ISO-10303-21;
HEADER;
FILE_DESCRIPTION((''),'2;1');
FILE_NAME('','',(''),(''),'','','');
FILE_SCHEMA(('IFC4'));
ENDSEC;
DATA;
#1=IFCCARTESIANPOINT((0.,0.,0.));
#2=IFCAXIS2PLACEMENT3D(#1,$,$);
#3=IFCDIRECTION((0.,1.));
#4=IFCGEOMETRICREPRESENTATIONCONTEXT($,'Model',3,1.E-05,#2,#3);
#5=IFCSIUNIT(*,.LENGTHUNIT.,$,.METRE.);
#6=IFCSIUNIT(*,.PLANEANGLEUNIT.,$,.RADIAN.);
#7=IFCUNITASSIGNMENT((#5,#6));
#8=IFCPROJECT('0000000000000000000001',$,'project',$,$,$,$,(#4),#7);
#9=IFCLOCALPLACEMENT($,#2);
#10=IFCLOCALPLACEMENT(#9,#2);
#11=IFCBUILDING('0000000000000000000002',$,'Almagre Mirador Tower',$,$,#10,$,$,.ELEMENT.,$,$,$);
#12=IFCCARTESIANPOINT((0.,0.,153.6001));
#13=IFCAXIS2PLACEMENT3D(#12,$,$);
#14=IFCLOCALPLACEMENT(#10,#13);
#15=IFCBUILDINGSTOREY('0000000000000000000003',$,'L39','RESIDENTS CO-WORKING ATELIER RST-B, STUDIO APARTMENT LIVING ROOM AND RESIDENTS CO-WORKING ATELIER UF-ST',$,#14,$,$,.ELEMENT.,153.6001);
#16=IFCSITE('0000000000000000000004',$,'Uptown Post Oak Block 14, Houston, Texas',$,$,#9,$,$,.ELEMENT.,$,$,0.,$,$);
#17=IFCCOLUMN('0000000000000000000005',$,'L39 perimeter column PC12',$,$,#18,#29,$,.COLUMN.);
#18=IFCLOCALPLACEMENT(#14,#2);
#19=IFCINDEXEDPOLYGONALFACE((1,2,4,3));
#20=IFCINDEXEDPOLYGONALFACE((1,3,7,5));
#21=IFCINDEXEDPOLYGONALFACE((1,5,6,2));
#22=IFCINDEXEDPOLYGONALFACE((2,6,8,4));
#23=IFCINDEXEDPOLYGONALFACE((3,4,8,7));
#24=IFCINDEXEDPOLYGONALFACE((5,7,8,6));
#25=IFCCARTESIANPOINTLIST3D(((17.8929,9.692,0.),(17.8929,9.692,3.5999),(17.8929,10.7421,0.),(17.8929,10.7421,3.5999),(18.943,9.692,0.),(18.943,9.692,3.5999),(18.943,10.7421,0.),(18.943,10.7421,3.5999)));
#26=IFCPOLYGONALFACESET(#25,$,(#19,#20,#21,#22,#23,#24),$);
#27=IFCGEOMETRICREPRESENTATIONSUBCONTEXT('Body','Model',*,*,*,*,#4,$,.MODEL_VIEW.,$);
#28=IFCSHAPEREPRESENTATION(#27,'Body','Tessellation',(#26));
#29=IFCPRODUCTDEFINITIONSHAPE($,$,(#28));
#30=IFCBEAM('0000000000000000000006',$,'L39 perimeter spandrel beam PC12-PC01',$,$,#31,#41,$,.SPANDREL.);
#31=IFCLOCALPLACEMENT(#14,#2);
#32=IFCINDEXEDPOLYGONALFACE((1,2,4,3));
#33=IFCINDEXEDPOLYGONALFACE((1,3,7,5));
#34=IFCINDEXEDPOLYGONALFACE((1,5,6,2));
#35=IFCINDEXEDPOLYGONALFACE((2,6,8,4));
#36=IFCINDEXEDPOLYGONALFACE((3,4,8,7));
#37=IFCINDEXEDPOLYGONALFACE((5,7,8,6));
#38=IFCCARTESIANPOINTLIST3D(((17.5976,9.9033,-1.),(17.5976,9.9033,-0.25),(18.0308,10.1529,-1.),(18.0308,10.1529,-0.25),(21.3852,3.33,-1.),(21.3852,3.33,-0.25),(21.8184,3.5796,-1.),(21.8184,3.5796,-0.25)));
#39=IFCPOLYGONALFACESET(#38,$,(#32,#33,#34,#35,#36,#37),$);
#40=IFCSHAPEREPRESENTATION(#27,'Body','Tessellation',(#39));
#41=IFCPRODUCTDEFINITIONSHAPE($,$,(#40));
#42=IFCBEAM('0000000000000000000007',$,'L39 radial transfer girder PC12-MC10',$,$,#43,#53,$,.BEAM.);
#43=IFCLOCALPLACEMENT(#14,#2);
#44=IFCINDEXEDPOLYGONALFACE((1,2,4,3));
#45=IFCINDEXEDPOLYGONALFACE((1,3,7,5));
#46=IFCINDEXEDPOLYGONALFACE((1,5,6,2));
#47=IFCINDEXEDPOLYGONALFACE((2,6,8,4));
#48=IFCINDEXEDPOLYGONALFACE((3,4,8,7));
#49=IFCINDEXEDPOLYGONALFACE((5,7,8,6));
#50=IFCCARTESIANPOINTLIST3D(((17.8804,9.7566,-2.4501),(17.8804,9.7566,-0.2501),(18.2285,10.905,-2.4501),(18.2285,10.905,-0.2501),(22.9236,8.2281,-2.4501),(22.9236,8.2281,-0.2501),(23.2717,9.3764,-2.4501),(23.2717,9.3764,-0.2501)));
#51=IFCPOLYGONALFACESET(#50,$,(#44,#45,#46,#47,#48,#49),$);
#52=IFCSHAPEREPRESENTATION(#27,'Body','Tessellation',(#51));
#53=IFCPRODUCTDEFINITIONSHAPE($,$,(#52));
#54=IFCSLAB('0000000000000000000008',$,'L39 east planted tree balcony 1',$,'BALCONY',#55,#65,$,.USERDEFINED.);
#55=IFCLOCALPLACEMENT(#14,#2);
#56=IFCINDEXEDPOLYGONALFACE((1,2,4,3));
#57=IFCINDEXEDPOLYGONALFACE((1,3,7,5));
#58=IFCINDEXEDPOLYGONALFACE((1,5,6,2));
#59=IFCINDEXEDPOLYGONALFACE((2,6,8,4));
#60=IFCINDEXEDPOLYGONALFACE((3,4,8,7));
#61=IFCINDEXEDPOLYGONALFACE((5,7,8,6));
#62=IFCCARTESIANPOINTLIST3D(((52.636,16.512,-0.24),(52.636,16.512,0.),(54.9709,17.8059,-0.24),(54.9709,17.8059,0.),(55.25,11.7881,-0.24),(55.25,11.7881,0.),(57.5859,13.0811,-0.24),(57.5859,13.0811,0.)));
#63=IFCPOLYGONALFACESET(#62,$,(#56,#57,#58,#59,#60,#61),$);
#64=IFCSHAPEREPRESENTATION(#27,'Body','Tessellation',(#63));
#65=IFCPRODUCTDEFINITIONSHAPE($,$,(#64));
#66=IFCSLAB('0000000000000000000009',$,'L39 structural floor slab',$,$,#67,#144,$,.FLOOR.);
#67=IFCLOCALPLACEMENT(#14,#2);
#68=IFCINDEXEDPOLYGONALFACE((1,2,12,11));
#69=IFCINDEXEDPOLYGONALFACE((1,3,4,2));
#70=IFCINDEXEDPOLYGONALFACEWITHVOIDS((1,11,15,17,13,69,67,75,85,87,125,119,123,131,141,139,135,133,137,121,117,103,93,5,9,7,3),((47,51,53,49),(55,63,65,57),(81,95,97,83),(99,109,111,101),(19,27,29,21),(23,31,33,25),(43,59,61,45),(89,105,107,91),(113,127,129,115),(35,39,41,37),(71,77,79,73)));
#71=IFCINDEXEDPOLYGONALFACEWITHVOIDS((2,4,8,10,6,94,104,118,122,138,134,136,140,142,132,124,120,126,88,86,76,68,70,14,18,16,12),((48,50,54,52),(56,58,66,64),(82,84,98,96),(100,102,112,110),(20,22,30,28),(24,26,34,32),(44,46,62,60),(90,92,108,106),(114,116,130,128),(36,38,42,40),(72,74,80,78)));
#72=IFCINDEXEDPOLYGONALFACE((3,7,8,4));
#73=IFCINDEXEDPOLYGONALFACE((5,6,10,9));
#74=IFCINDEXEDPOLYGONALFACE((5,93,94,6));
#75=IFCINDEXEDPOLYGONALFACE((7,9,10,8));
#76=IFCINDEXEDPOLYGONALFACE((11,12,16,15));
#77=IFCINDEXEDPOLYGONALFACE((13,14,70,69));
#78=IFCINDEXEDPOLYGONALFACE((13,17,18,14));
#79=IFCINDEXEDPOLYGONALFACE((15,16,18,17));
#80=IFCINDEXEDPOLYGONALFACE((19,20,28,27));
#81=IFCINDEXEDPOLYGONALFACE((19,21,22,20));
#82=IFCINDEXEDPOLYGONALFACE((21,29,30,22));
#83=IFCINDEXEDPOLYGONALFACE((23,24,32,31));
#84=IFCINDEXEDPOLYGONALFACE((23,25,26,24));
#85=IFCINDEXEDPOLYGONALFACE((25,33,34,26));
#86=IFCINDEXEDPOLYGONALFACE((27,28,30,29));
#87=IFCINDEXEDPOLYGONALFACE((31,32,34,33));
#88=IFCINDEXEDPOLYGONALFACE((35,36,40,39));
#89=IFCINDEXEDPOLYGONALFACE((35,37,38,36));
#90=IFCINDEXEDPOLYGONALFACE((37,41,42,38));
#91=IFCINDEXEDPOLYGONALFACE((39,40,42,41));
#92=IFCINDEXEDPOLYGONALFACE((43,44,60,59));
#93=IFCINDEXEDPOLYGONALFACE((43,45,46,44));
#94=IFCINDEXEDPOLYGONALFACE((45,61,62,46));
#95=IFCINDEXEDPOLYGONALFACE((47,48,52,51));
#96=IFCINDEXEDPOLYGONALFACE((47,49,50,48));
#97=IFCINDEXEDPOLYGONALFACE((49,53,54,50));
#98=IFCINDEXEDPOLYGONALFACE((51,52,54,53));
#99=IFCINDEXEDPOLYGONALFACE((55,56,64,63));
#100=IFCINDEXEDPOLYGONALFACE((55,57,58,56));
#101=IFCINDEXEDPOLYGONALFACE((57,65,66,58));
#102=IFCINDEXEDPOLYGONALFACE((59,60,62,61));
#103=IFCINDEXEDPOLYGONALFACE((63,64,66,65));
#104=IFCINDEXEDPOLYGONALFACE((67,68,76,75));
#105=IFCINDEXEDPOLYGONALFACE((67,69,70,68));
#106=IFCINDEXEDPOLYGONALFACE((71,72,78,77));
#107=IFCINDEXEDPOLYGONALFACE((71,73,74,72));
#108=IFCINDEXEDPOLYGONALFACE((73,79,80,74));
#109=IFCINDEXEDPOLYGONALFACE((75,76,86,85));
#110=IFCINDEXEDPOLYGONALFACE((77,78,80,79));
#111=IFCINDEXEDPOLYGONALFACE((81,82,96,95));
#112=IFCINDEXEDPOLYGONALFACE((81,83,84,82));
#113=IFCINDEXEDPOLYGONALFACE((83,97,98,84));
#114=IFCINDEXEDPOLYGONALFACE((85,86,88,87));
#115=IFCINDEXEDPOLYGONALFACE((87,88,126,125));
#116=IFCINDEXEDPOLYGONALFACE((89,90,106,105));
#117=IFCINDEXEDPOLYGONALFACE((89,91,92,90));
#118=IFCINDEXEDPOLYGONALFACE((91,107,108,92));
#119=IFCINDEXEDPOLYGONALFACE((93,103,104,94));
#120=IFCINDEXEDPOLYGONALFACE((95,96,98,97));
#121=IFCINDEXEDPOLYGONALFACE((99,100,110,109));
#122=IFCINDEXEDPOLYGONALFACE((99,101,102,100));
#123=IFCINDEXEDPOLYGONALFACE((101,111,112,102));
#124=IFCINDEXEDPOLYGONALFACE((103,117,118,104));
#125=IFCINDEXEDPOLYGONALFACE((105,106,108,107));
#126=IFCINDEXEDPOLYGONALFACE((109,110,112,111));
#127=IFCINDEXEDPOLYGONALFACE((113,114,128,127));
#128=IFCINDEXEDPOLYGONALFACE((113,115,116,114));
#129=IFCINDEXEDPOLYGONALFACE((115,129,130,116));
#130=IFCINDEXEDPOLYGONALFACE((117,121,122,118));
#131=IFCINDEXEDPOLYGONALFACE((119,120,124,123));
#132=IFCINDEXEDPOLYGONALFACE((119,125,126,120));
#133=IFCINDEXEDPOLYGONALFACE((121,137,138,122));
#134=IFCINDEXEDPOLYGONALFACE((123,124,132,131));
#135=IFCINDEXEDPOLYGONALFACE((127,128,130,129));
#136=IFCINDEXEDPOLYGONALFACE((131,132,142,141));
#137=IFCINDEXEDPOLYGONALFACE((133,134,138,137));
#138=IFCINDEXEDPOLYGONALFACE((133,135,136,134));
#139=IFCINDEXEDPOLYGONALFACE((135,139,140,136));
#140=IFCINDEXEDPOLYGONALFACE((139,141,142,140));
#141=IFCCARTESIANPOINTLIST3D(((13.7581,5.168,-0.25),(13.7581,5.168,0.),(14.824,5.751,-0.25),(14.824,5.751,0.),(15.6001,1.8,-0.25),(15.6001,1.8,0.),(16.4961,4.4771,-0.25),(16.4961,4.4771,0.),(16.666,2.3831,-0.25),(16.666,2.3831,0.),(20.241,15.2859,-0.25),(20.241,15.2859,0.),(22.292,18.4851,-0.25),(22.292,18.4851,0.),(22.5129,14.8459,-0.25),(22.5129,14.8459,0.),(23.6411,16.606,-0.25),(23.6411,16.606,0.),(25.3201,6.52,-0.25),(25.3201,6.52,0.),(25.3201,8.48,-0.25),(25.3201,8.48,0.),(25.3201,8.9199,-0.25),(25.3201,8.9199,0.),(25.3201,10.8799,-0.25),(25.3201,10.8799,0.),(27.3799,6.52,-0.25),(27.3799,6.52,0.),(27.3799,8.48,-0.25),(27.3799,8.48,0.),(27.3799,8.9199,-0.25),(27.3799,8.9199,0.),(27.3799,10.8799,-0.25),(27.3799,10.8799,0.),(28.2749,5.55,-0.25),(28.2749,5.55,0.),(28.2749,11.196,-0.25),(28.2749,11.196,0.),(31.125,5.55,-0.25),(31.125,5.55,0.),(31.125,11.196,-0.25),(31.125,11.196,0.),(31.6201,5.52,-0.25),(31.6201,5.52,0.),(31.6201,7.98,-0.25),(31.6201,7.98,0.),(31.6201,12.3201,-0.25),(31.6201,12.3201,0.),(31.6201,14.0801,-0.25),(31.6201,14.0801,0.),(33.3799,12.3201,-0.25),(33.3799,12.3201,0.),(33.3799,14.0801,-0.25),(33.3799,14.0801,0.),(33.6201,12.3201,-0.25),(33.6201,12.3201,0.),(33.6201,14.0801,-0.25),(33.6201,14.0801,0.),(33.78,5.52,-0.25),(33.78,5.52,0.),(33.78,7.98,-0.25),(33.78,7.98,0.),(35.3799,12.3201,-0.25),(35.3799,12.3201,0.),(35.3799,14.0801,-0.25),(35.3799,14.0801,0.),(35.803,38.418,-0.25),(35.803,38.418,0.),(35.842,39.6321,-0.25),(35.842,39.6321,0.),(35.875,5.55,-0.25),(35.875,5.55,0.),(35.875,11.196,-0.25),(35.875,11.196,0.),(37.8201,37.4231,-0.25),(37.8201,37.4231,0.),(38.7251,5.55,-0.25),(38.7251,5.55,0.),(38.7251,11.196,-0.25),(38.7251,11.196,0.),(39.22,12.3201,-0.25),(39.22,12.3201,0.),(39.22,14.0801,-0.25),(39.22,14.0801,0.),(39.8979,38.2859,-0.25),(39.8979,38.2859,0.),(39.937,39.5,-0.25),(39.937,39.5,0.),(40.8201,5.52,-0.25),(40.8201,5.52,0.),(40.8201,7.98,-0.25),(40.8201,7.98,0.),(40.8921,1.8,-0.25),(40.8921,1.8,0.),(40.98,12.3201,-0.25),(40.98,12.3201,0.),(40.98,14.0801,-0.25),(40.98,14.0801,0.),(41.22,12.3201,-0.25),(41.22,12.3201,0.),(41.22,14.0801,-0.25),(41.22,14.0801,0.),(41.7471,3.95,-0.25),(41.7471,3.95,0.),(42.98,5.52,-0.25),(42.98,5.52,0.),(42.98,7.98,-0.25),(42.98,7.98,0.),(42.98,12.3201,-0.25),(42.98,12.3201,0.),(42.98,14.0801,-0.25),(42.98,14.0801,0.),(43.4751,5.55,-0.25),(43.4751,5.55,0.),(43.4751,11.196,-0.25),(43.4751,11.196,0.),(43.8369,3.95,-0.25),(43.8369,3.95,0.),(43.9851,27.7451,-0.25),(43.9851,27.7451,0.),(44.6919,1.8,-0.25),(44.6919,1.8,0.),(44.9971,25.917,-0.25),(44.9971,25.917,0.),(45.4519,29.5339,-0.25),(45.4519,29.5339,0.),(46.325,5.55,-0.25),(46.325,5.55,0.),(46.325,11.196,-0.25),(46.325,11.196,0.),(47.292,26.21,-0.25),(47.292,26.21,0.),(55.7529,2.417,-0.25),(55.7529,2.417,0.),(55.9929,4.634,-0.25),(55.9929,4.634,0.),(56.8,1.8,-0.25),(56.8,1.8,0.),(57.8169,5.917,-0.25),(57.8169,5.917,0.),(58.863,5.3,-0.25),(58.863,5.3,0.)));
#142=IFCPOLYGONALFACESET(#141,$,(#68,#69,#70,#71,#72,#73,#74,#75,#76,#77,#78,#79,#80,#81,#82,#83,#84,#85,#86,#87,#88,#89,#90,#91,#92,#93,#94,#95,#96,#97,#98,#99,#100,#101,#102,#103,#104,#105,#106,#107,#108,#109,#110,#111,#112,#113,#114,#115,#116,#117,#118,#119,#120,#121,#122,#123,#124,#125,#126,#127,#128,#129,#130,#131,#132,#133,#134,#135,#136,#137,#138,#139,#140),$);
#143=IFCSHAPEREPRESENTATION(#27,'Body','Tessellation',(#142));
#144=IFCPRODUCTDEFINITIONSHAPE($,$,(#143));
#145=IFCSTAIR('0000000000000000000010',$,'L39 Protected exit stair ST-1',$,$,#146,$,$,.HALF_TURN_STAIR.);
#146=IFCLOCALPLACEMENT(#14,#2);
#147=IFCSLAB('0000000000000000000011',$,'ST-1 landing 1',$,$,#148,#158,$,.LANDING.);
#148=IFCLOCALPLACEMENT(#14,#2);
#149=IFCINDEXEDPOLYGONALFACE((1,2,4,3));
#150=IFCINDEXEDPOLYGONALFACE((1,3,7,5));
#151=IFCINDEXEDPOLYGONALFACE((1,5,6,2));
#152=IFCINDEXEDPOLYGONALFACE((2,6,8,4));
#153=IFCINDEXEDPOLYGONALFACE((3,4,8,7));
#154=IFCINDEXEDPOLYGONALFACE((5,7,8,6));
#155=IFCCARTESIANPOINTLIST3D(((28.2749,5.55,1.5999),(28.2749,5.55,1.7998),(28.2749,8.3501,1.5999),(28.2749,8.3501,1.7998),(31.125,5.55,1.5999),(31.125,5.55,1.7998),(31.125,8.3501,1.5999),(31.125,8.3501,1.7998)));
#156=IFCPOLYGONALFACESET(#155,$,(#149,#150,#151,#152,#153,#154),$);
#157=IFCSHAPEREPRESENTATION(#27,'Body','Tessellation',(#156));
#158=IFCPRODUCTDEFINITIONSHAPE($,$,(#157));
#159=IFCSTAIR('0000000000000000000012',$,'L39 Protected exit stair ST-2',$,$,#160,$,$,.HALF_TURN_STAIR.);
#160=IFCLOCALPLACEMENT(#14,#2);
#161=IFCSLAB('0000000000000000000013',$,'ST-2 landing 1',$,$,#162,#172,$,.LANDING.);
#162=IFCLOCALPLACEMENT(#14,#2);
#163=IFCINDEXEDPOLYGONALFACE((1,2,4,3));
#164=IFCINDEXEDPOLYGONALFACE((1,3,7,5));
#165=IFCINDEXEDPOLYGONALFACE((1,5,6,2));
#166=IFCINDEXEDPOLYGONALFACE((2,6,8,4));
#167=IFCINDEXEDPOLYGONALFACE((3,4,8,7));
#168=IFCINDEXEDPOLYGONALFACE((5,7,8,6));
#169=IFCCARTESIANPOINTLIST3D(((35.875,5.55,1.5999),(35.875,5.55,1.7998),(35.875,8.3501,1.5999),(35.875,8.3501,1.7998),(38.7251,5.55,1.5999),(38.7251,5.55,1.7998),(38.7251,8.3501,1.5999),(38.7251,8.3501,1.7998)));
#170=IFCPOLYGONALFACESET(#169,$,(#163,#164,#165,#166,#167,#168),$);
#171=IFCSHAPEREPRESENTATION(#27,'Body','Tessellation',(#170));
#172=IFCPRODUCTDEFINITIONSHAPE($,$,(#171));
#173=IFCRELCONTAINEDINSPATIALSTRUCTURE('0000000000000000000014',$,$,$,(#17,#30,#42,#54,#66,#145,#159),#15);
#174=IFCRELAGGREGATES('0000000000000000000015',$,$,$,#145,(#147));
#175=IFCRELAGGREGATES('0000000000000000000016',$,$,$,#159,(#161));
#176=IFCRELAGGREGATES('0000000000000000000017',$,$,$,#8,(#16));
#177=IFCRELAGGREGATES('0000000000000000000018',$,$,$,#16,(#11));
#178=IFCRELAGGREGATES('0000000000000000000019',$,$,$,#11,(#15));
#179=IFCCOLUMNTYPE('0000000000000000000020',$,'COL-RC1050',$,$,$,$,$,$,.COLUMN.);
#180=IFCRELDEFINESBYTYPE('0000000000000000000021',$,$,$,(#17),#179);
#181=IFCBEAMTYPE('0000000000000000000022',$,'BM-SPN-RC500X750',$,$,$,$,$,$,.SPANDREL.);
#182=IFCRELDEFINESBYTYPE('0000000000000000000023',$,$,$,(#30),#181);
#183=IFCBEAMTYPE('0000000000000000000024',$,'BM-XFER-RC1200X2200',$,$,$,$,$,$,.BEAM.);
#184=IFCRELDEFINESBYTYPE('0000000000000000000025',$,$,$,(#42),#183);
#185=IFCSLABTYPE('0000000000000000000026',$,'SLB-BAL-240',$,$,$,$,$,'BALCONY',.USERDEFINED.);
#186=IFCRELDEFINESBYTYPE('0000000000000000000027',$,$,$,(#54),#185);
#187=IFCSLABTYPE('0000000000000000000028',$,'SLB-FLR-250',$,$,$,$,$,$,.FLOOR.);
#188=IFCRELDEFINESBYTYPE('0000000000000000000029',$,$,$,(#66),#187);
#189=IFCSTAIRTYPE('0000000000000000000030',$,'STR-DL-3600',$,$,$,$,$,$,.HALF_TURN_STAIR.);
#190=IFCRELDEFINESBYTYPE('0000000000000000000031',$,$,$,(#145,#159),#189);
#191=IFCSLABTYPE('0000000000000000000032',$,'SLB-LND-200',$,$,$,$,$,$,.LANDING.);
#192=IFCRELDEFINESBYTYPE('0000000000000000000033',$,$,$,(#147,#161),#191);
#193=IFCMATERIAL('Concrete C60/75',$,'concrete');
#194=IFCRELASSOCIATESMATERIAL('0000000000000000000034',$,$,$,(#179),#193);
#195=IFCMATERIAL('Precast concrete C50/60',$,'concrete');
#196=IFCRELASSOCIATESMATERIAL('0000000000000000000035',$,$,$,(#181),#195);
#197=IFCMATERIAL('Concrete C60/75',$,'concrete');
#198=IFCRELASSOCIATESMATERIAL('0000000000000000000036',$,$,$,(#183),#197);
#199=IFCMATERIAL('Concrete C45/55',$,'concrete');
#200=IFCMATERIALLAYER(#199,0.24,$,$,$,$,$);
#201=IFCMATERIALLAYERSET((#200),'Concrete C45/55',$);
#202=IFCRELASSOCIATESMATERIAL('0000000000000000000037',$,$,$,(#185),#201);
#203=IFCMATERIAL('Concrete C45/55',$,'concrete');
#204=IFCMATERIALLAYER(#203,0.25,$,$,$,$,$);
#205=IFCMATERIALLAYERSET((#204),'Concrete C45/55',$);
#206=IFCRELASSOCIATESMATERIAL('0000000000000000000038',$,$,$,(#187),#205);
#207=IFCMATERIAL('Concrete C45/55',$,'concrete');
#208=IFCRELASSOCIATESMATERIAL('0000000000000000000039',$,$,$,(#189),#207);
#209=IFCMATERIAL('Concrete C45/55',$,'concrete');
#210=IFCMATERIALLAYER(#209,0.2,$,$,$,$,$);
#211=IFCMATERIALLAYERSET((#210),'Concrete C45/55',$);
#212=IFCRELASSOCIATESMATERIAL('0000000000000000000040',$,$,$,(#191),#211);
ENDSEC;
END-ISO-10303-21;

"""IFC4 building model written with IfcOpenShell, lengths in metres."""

from ifc_helpers import new_model, si_unit, direction, frame, origin, origin_2d, place, context, subcontext, project, spatial, polyline, rectangle, outline, extrude, material, layer, layer_set, material_profile, profile_set, type_object, element, aggregate, save


model = new_model("IFC4")

# Units and contexts
model_context = context("Model", 3, precision=1e-05, world=origin(), true_north=direction((0.0, 1.0)))
body_context = subcontext(model_context, "Body", "Model", "MODEL_VIEW")
ifc_project = project(units=[si_unit("LENGTHUNIT", "METRE"), si_unit("PLANEANGLEUNIT", "RADIAN")], contexts=[model_context])

# Site, building, storey
site_placement = place(None, origin())
site = spatial("IfcSite", under=ifc_project, at=site_placement, Name="Uptown Post Oak Block 14, Houston, Texas", CompositionType="ELEMENT", RefElevation=0.0)
building_placement = place(site_placement, origin())
building = spatial("IfcBuilding", under=site, at=building_placement, Name="Almagre Mirador Tower", CompositionType="ELEMENT")
storey_placement = place(building_placement, frame((0.0, 0.0, 153.6001)))
storey = spatial("IfcBuildingStorey", under=building, at=storey_placement, Name="L39", Description="RESIDENTS CO-WORKING ATELIER RST-B, STUDIO APARTMENT LIVING ROOM AND RESIDENTS CO-WORKING ATELIER UF-ST", CompositionType="ELEMENT", Elevation=153.6001)

# Column
ifc_material_1 = material(Name="Concrete C60/75", Category="concrete")
ifc_material_profile_1 = material_profile(ifc_material_1, rectangle(XDim=1.05, YDim=1.05, at=origin_2d()), Name="RC1050X1050")
ifc_profile_set_1 = profile_set([ifc_material_profile_1], Name="Concrete C60/75")
column_type = type_object("IfcColumnType", Name="COL-RC1050", PredefinedType="COLUMN", material=ifc_profile_set_1)
column_placement = place(storey_placement, frame((18.418, 10.217, 0.0), z_axis=(0.0, 0.0, 1.0), x_axis=(1.0, 0.0, 0.0)))
element("IfcColumn", 1, at=column_placement, inside=storey, type_object=column_type, Name="L39 perimeter column PC12", PredefinedType="COLUMN", context=body_context, shape_type="SweptSolid", body=[
    extrude(rectangle(XDim=1.05, YDim=1.05, at=origin_2d()), origin(), (0.0, 0.0, 1.0), 3.5999),
])

# Beams
ifc_material_2 = material(Name="Precast concrete C50/60", Category="concrete")
ifc_material_profile_2 = material_profile(ifc_material_2, rectangle(XDim=0.5, YDim=0.75, at=origin_2d()), Name="RC500X750")
ifc_profile_set_2 = profile_set([ifc_material_profile_2], Name="Precast concrete C50/60")
beam_type_1 = type_object("IfcBeamType", Name="BM-SPN-RC500X750", PredefinedType="SPANDREL", material=ifc_profile_set_2)
beam_1_placement = place(storey_placement, frame((17.8142, 10.0281, -0.625), z_axis=(0.499262, -0.866451, 0.0), x_axis=(0.866451, 0.499262, 0.0)))
element("IfcBeam", 2, at=beam_1_placement, inside=storey, type_object=beam_type_1, Name="L39 perimeter spandrel beam PC12-PC01", PredefinedType="SPANDREL", context=body_context, shape_type="SweptSolid", body=[
    extrude(rectangle(XDim=0.5, YDim=0.75, at=origin_2d()), origin(), (0.0, 0.0, 1.0), 7.5864),
])
ifc_material_3 = material(Name="Concrete C60/75", Category="concrete")
ifc_material_profile_3 = material_profile(ifc_material_3, rectangle(XDim=1.2, YDim=2.2, at=origin_2d()), Name="RC1200X2200")
ifc_profile_set_3 = profile_set([ifc_material_profile_3], Name="Concrete C60/75")
beam_type_2 = type_object("IfcBeamType", Name="BM-XFER-RC1200X2200", PredefinedType="BEAM", material=ifc_profile_set_3)
beam_2_placement = place(storey_placement, frame((18.0544, 10.3308, -1.3501), z_axis=(0.957008, -0.290063, 0.0), x_axis=(0.290063, 0.957008, 0.0)))
element("IfcBeam", 3, at=beam_2_placement, inside=storey, type_object=beam_type_2, Name="L39 radial transfer girder PC12-MC10", PredefinedType="BEAM", context=body_context, shape_type="SweptSolid", body=[
    extrude(rectangle(XDim=1.2, YDim=2.2, at=origin_2d()), origin(), (0.0, 0.0, 1.0), 5.2698),
])

# Slabs
ifc_material_4 = material(Name="Concrete C45/55", Category="concrete")
ifc_layer_1 = layer(ifc_material_4, 0.24)
ifc_layer_set_1 = layer_set([ifc_layer_1], Name="Concrete C45/55")
slab_type_1 = type_object("IfcSlabType", Name="SLB-BAL-240", ElementType="BALCONY", PredefinedType="USERDEFINED", material=ifc_layer_set_1)
slab_1_placement = place(storey_placement, frame((0.0, 0.0, -0.24)))
element("IfcSlab", 4, at=slab_1_placement, inside=storey, type_object=slab_type_1, Name="L39 east planted tree balcony 1", ObjectType="BALCONY", PredefinedType="USERDEFINED", context=body_context, shape_type="SweptSolid", body=[
    extrude(outline(polyline([(55.25, 11.7881), (52.636, 16.512), (54.9709, 17.8059), (57.5859, 13.0811), (55.25, 11.7881)])), origin(), (0.0, 0.0, 1.0), 0.24),
])
ifc_material_5 = material(Name="Concrete C45/55", Category="concrete")
ifc_layer_2 = layer(ifc_material_5, 0.25)
ifc_layer_set_2 = layer_set([ifc_layer_2], Name="Concrete C45/55")
slab_type_2 = type_object("IfcSlabType", Name="SLB-FLR-250", PredefinedType="FLOOR", material=ifc_layer_set_2)
slab_2_placement = place(storey_placement, frame((0.0, 0.0, -0.25)))
element("IfcSlab", 5, at=slab_2_placement, inside=storey, type_object=slab_type_2, Name="L39 structural floor slab", PredefinedType="FLOOR", context=body_context, shape_type="SweptSolid", body=[
    extrude(outline(polyline([(13.7581, 5.168), (14.824, 5.751), (16.4961, 4.4771), (16.666, 2.3831), (15.6001, 1.8), (40.8921, 1.8), (41.7471, 3.95), (43.8369, 3.95), (44.6919, 1.8), (56.8, 1.8), (55.7529, 2.417), (55.9929, 4.634), (57.8169, 5.917), (58.863, 5.3), (47.292, 26.21), (44.9971, 25.917), (43.9851, 27.7451), (45.4519, 29.5339), (39.937, 39.5), (39.8979, 38.2859), (37.8201, 37.4231), (35.803, 38.418), (35.842, 39.6321), (22.292, 18.4851), (23.6411, 16.606), (22.5129, 14.8459), (20.241, 15.2859), (13.7581, 5.168)]), holes=[polyline([(43.4751, 5.55), (43.4751, 11.196), (46.325, 11.196), (46.325, 5.55), (43.4751, 5.55)]), polyline([(40.8201, 5.52), (40.8201, 7.98), (42.98, 7.98), (42.98, 5.52), (40.8201, 5.52)]), polyline([(41.22, 12.3201), (41.22, 14.0801), (42.98, 14.0801), (42.98, 12.3201), (41.22, 12.3201)]), polyline([(39.22, 12.3201), (39.22, 14.0801), (40.98, 14.0801), (40.98, 12.3201), (39.22, 12.3201)]), polyline([(35.875, 11.196), (38.7251, 11.196), (38.7251, 5.55), (35.875, 5.55), (35.875, 11.196)]), polyline([(35.3799, 12.3201), (33.6201, 12.3201), (33.6201, 14.0801), (35.3799, 14.0801), (35.3799, 12.3201)]), polyline([(33.78, 5.52), (31.6201, 5.52), (31.6201, 7.98), (33.78, 7.98), (33.78, 5.52)]), polyline([(31.6201, 12.3201), (31.6201, 14.0801), (33.3799, 14.0801), (33.3799, 12.3201), (31.6201, 12.3201)]), polyline([(28.2749, 5.55), (28.2749, 11.196), (31.125, 11.196), (31.125, 5.55), (28.2749, 5.55)]), polyline([(25.3201, 8.9199), (25.3201, 10.8799), (27.3799, 10.8799), (27.3799, 8.9199), (25.3201, 8.9199)]), polyline([(27.3799, 6.52), (25.3201, 6.52), (25.3201, 8.48), (27.3799, 8.48), (27.3799, 6.52)])]), origin(), (0.0, 0.0, 1.0), 0.25),
])

# Stairs, slabs
ifc_material_6 = material(Name="Concrete C45/55", Category="concrete")
stair_type = type_object("IfcStairType", Name="STR-DL-3600", PredefinedType="HALF_TURN_STAIR", material=ifc_material_6)
stair_1_placement = place(storey_placement, origin())
stair_1 = element("IfcStair", 6, at=stair_1_placement, inside=storey, type_object=stair_type, Name="L39 Protected exit stair ST-1", PredefinedType="HALF_TURN_STAIR")
ifc_material_7 = material(Name="Concrete C45/55", Category="concrete")
ifc_layer_3 = layer(ifc_material_7, 0.2)
ifc_layer_set_3 = layer_set([ifc_layer_3], Name="Concrete C45/55")
slab_type_3 = type_object("IfcSlabType", Name="SLB-LND-200", PredefinedType="LANDING", material=ifc_layer_set_3)
slab_3_placement = place(storey_placement, frame((0.0, 0.0, 1.5999)))
slab_3 = element("IfcSlab", 7, at=slab_3_placement, type_object=slab_type_3, Name="ST-1 landing 1", PredefinedType="LANDING", context=body_context, shape_type="SweptSolid", body=[
    extrude(outline(polyline([(28.2749, 8.3501), (28.2749, 5.55), (31.125, 5.55), (31.125, 8.3501), (28.2749, 8.3501)])), origin(), (0.0, 0.0, 1.0), 0.2),
])
aggregate(stair_1, [slab_3])
stair_2_placement = place(storey_placement, origin())
stair_2 = element("IfcStair", 8, at=stair_2_placement, inside=storey, type_object=stair_type, Name="L39 Protected exit stair ST-2", PredefinedType="HALF_TURN_STAIR")
slab_4_placement = place(storey_placement, frame((0.0, 0.0, 1.5999)))
slab_4 = element("IfcSlab", 9, at=slab_4_placement, type_object=slab_type_3, Name="ST-2 landing 1", PredefinedType="LANDING", context=body_context, shape_type="SweptSolid", body=[
    extrude(outline(polyline([(35.875, 8.3501), (35.875, 5.55), (38.7251, 5.55), (38.7251, 8.3501), (35.875, 8.3501)])), origin(), (0.0, 0.0, 1.0), 0.2),
])
aggregate(stair_2, [slab_4])

save(model, "model.ifc")
